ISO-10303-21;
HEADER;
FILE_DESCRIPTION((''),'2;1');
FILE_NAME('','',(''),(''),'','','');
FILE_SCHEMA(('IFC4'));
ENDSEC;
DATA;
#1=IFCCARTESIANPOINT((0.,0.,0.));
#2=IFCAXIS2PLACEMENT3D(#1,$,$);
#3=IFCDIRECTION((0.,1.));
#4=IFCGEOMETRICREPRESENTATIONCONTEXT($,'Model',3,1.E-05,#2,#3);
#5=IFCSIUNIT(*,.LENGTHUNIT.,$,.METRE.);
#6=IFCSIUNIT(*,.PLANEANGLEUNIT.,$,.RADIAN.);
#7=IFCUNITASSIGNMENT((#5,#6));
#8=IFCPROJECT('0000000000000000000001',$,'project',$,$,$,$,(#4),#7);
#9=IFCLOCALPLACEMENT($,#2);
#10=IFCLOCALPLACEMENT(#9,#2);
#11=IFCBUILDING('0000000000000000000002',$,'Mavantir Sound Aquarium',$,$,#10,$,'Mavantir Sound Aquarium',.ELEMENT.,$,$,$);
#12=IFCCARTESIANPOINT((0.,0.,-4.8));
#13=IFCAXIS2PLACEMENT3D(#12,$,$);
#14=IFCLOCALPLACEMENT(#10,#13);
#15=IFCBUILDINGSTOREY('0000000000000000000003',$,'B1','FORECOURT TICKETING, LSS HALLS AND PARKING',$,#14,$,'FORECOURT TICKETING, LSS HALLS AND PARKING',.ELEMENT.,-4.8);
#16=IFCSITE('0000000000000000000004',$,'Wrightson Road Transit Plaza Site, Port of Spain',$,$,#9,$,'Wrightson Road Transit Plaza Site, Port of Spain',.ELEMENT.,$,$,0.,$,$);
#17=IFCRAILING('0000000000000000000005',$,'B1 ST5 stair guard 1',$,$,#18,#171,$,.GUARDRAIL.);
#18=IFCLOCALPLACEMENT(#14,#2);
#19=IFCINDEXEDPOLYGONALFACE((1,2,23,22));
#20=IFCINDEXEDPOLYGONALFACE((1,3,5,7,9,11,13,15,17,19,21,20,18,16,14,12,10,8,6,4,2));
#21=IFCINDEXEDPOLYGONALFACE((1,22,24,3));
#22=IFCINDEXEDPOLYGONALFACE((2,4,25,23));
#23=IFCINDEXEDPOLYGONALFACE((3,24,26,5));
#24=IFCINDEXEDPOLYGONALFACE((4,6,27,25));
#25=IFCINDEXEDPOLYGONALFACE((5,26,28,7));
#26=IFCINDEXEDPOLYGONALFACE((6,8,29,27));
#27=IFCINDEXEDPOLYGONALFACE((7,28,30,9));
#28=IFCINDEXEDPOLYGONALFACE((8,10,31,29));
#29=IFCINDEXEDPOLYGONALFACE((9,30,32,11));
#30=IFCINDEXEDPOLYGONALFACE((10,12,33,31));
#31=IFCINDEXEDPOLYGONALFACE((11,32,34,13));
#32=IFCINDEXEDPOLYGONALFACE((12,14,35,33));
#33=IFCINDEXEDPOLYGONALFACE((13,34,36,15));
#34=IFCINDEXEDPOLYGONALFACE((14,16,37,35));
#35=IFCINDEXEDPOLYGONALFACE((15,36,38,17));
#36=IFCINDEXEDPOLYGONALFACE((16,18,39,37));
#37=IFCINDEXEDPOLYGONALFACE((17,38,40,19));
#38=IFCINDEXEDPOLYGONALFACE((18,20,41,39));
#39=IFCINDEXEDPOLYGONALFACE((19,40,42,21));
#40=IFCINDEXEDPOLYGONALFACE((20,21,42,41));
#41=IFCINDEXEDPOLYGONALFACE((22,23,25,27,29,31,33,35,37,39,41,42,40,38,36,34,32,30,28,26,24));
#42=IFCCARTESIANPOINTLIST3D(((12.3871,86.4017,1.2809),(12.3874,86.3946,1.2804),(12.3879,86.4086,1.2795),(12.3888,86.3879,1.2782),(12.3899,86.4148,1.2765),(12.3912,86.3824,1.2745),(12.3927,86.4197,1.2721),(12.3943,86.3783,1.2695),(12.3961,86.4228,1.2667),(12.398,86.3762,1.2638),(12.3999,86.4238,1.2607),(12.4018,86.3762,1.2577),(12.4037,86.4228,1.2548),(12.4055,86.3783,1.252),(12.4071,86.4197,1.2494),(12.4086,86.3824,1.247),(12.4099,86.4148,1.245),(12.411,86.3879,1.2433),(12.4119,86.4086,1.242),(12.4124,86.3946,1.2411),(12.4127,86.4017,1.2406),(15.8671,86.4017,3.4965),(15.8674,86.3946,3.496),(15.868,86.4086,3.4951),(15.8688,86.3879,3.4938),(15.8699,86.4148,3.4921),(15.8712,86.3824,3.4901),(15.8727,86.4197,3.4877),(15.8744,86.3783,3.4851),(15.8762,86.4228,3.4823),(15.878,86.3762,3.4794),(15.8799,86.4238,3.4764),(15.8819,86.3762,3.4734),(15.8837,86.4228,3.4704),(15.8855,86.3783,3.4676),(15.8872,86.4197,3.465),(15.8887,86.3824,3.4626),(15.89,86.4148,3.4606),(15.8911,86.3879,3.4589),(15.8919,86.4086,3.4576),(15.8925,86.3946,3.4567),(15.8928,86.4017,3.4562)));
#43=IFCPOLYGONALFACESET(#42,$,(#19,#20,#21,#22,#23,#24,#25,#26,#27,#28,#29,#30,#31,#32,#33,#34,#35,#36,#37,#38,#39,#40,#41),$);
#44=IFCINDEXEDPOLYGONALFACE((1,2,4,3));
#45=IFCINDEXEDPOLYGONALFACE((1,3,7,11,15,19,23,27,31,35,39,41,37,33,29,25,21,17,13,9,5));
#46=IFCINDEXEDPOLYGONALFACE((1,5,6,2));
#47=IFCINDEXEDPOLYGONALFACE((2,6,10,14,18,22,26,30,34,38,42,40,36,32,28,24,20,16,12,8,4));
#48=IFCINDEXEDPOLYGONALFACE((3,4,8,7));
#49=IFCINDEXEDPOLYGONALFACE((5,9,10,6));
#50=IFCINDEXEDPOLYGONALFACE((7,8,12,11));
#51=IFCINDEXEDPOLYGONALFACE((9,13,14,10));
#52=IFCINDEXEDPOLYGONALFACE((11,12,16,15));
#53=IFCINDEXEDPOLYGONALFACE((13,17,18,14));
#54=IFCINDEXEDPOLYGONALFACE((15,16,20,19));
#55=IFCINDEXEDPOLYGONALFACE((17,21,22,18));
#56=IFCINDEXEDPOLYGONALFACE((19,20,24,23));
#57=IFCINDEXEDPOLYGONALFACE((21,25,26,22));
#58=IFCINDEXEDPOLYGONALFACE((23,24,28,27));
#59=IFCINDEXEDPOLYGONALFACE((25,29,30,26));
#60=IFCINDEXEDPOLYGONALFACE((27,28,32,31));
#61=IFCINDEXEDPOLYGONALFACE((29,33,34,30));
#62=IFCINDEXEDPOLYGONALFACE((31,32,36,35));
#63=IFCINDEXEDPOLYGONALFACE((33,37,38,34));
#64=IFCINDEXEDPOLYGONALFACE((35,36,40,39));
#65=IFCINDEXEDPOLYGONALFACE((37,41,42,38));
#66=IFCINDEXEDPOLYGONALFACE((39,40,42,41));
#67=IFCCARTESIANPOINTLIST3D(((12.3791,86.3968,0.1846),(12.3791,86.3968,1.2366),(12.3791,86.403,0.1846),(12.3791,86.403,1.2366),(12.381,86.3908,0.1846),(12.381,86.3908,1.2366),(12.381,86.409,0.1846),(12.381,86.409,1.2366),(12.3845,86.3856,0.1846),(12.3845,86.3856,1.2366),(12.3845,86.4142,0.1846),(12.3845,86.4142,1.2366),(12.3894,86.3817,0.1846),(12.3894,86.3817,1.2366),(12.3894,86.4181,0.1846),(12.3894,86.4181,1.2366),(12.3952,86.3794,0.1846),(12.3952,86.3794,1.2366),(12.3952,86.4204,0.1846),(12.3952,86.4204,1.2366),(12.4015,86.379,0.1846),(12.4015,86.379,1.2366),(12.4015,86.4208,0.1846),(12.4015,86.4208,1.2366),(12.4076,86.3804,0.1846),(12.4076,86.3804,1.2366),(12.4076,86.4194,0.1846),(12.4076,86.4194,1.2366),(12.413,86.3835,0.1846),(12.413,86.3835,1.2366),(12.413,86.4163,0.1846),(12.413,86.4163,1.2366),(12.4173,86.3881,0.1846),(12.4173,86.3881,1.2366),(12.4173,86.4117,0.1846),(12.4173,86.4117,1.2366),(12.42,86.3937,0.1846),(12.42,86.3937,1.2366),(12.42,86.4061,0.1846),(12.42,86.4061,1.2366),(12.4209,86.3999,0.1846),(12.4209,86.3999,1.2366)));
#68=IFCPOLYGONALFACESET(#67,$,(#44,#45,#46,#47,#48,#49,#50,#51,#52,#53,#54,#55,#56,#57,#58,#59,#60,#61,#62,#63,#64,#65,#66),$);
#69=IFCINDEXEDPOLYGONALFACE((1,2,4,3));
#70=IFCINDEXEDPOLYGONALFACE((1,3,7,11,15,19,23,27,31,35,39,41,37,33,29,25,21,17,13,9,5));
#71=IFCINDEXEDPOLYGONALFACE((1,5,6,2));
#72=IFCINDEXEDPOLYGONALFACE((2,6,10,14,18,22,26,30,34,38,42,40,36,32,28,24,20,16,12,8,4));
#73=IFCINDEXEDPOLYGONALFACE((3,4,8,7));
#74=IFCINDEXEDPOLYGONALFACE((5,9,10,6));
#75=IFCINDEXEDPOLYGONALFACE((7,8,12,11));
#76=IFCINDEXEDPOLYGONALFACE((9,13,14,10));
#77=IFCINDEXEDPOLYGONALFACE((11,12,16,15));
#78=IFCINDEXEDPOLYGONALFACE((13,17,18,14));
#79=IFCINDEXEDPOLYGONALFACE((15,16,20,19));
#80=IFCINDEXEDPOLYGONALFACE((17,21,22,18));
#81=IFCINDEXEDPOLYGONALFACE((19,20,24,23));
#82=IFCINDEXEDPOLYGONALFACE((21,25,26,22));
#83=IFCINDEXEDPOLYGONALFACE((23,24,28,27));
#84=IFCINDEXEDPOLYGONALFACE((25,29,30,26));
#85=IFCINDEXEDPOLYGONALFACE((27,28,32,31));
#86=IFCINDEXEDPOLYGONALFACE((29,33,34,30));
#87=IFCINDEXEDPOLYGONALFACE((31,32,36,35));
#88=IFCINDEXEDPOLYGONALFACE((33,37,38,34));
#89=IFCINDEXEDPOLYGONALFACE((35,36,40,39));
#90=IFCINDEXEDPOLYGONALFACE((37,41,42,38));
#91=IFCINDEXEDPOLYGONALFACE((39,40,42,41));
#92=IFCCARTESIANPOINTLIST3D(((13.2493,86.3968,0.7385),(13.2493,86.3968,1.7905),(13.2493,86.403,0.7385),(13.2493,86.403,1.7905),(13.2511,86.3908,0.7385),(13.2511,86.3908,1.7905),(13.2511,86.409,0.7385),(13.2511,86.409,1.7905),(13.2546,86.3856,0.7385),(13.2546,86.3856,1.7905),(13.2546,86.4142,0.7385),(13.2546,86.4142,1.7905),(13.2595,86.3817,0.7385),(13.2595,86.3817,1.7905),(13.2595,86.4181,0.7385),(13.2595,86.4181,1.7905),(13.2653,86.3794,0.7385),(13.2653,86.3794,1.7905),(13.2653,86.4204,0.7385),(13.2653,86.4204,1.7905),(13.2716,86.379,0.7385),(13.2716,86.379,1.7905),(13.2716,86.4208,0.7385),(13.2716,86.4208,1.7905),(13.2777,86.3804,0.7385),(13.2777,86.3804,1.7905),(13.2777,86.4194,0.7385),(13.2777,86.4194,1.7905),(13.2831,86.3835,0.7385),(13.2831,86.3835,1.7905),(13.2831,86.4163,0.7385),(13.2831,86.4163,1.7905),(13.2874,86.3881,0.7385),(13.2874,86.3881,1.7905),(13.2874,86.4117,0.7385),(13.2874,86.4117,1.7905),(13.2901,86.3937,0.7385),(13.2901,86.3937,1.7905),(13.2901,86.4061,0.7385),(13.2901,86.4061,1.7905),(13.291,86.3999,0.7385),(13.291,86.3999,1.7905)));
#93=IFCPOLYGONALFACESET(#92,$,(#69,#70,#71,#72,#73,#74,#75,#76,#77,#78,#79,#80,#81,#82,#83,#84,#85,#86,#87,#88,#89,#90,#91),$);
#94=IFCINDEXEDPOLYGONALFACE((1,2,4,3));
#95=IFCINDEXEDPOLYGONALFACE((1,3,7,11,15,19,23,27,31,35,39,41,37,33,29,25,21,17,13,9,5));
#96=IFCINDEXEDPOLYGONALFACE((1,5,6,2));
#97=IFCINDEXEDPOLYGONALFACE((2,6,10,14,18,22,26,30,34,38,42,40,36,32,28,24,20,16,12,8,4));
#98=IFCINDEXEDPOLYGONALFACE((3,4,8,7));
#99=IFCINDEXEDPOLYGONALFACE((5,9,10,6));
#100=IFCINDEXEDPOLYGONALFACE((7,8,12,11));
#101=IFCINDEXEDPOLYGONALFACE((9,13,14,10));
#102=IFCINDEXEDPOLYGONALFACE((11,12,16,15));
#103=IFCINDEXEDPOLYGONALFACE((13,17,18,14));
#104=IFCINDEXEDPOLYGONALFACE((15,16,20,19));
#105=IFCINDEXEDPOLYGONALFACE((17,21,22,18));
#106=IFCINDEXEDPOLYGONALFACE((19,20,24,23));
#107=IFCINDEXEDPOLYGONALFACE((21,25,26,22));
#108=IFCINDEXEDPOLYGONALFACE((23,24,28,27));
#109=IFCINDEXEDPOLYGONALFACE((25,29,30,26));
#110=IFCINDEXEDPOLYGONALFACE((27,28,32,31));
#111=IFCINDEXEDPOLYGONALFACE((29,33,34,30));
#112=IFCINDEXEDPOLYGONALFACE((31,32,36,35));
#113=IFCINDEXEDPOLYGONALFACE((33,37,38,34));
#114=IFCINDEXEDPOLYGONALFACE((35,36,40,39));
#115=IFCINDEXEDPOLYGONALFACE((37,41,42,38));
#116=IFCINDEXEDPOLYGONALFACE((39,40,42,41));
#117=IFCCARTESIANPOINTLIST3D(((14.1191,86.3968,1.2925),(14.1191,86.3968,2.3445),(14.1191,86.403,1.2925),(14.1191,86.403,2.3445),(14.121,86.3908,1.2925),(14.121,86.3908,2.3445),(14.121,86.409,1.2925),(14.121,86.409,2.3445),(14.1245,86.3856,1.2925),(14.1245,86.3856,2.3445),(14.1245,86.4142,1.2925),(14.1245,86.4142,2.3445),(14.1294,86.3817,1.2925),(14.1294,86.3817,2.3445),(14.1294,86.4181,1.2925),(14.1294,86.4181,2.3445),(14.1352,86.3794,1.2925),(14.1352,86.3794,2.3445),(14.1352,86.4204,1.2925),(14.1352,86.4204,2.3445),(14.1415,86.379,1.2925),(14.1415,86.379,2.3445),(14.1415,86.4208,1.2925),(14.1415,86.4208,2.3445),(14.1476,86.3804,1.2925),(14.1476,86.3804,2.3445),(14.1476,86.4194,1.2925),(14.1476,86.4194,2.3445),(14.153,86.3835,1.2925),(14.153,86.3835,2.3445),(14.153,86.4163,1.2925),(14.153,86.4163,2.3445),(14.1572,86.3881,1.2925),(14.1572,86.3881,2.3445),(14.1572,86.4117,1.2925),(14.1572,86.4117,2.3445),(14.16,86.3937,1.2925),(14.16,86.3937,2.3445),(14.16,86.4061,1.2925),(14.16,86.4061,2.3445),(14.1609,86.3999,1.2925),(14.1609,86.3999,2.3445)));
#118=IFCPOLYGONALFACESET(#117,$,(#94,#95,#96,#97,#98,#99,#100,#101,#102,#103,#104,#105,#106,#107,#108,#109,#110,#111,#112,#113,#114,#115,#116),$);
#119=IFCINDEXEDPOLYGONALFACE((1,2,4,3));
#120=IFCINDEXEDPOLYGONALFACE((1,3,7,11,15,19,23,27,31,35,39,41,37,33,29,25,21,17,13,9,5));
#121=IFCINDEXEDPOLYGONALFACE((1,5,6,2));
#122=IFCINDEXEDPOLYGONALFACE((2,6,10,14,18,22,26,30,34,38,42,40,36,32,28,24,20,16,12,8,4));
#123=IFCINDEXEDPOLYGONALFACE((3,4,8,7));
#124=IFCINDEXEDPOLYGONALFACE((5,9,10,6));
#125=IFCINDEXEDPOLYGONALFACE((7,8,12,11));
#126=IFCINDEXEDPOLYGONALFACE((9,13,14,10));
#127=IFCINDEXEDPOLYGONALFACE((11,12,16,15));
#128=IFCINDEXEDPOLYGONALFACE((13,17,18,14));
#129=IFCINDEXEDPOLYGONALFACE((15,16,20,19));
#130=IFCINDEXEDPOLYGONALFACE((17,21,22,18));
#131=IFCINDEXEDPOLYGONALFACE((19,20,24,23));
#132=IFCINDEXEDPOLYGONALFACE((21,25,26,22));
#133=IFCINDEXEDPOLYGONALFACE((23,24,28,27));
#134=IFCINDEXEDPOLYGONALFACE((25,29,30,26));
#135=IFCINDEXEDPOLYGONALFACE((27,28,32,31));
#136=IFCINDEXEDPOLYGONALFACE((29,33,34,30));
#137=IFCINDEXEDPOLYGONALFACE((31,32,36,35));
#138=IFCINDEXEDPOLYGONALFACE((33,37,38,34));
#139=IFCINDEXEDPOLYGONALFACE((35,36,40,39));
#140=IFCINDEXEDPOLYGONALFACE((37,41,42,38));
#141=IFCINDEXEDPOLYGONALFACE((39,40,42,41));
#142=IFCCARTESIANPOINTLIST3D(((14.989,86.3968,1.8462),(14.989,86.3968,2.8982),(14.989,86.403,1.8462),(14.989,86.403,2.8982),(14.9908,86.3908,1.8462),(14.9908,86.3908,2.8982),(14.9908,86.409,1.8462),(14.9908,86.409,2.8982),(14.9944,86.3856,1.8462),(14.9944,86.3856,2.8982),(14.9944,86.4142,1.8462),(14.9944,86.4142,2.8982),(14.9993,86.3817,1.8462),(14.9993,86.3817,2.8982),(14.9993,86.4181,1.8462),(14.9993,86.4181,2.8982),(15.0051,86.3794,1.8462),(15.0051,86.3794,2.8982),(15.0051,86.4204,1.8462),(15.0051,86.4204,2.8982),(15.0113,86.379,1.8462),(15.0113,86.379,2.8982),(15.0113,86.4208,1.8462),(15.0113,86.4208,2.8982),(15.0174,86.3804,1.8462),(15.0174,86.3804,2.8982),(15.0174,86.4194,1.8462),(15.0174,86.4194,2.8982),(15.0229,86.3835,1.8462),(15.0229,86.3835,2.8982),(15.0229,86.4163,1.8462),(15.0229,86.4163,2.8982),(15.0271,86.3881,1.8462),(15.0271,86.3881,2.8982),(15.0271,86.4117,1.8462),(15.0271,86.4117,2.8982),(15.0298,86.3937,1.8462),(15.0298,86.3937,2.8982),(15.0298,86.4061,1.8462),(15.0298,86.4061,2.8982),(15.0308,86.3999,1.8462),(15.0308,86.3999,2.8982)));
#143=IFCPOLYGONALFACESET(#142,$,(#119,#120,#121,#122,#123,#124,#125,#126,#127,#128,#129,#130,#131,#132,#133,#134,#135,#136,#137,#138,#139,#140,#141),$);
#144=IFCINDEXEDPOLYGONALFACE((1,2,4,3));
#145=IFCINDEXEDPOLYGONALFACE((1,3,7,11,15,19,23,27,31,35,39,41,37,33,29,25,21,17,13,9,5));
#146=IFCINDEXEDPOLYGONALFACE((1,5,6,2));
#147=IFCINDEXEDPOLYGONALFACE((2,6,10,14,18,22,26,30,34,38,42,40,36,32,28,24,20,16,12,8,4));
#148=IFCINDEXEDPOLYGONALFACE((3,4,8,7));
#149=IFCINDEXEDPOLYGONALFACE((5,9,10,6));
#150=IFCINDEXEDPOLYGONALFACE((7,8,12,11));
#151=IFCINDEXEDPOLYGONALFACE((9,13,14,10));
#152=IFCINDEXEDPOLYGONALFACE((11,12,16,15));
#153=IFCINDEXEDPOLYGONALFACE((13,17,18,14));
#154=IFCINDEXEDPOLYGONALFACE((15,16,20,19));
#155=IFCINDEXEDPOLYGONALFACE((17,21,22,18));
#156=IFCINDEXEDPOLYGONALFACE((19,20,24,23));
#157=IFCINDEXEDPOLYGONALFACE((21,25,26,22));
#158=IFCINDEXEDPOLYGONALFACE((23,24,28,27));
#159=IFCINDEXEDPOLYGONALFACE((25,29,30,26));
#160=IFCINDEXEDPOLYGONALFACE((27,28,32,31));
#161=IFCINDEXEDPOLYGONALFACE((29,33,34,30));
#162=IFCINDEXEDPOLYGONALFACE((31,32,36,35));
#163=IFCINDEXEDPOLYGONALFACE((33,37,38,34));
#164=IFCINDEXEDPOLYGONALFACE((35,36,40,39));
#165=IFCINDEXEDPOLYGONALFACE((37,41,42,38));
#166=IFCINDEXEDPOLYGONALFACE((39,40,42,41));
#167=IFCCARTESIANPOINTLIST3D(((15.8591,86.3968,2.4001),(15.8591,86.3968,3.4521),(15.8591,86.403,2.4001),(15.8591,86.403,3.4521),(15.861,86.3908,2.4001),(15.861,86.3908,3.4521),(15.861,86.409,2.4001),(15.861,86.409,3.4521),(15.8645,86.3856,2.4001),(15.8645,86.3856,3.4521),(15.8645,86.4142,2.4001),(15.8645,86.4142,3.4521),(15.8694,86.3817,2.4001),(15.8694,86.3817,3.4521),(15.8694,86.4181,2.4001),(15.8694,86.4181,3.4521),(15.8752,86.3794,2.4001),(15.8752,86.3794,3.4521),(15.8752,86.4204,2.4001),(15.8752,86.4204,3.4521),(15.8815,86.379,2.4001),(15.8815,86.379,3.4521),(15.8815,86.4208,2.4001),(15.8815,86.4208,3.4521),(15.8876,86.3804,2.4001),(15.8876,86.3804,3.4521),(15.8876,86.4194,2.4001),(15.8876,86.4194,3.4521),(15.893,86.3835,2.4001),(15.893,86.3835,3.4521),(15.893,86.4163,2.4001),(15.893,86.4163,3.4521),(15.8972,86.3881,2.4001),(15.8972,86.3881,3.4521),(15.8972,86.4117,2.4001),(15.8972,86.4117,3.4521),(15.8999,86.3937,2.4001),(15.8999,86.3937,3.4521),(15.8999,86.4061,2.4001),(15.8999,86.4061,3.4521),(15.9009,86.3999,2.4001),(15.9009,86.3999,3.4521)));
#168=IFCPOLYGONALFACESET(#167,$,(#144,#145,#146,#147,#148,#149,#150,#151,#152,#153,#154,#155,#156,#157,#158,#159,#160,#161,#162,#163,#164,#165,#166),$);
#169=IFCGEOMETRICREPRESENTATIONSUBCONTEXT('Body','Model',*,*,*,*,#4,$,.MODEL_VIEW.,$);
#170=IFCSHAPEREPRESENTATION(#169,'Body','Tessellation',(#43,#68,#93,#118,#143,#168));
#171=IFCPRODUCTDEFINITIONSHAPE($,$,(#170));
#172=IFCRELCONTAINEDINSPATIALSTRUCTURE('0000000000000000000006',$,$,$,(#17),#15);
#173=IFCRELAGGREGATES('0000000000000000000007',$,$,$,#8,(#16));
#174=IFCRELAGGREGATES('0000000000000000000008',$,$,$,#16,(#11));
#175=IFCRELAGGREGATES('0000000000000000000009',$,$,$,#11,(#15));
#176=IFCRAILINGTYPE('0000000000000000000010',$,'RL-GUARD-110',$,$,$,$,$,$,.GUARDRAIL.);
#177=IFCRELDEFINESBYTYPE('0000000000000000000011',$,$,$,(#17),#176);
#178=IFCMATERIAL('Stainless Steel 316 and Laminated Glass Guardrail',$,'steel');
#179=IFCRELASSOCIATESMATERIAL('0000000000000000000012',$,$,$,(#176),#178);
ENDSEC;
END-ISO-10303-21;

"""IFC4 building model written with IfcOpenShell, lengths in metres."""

from ifc_helpers import new_model, si_unit, direction, frame, origin, origin_2d, place, context, subcontext, project, spatial, circle, extrude, material, type_object, element, save


model = new_model("IFC4")

# Units and contexts
model_context = context("Model", 3, precision=1e-05, world=origin(), true_north=direction((0.0, 1.0)))
body_context = subcontext(model_context, "Body", "Model", "MODEL_VIEW")
ifc_project = project(units=[si_unit("LENGTHUNIT", "METRE"), si_unit("PLANEANGLEUNIT", "RADIAN")], contexts=[model_context])

# Site, building, storey
site_placement = place(None, origin())
site = spatial("IfcSite", under=ifc_project, at=site_placement, Name="Wrightson Road Transit Plaza Site, Port of Spain", LongName="Wrightson Road Transit Plaza Site, Port of Spain", CompositionType="ELEMENT", RefElevation=0.0)
building_placement = place(site_placement, origin())
building = spatial("IfcBuilding", under=site, at=building_placement, Name="Mavantir Sound Aquarium", LongName="Mavantir Sound Aquarium", CompositionType="ELEMENT")
storey_placement = place(building_placement, frame((0.0, 0.0, -4.8)))
storey = spatial("IfcBuildingStorey", under=building, at=storey_placement, Name="B1", Description="FORECOURT TICKETING, LSS HALLS AND PARKING", LongName="FORECOURT TICKETING, LSS HALLS AND PARKING", CompositionType="ELEMENT", Elevation=-4.8)

# Railing
ifc_material_1 = material(Name="Stainless Steel 316 and Laminated Glass Guardrail", Category="steel")
railing_type_1 = type_object("IfcRailingType", Name="RL-GUARD-110", PredefinedType="GUARDRAIL", material=ifc_material_1)
railing_1_placement = place(storey_placement, frame((12.3999, 86.3999, 0.1846)))
element("IfcRailing", 1, at=railing_1_placement, inside=storey, type_object=railing_type_1, Name="B1 ST5 stair guard 1", PredefinedType="GUARDRAIL", context=body_context, shape_type="SweptSolid", body=[
    extrude(circle(Radius=0.0239, at=origin_2d()), frame((0.0, 0.0, 1.0762), z_axis=(0.843547, 0.0, 0.537055), x_axis=(0.0, 1.0, 0.0)), (0.0, 0.0, 1.0), 4.1255),
    extrude(circle(Radius=0.021, at=origin_2d()), origin(), (0.0, 0.0, 1.0), 1.052),
    extrude(circle(Radius=0.021, at=origin_2d()), frame((0.8701, 0.0, 0.554)), (0.0, 0.0, 1.0), 1.052),
    extrude(circle(Radius=0.021, at=origin_2d()), frame((1.74, 0.0, 1.1079)), (0.0, 0.0, 1.0), 1.052),
    extrude(circle(Radius=0.021, at=origin_2d()), frame((2.6099, 0.0, 1.6616)), (0.0, 0.0, 1.0), 1.052),
    extrude(circle(Radius=0.021, at=origin_2d()), frame((3.48, 0.0, 2.2156)), (0.0, 0.0, 1.0), 1.052),
])

save(model, "model.ifc")
